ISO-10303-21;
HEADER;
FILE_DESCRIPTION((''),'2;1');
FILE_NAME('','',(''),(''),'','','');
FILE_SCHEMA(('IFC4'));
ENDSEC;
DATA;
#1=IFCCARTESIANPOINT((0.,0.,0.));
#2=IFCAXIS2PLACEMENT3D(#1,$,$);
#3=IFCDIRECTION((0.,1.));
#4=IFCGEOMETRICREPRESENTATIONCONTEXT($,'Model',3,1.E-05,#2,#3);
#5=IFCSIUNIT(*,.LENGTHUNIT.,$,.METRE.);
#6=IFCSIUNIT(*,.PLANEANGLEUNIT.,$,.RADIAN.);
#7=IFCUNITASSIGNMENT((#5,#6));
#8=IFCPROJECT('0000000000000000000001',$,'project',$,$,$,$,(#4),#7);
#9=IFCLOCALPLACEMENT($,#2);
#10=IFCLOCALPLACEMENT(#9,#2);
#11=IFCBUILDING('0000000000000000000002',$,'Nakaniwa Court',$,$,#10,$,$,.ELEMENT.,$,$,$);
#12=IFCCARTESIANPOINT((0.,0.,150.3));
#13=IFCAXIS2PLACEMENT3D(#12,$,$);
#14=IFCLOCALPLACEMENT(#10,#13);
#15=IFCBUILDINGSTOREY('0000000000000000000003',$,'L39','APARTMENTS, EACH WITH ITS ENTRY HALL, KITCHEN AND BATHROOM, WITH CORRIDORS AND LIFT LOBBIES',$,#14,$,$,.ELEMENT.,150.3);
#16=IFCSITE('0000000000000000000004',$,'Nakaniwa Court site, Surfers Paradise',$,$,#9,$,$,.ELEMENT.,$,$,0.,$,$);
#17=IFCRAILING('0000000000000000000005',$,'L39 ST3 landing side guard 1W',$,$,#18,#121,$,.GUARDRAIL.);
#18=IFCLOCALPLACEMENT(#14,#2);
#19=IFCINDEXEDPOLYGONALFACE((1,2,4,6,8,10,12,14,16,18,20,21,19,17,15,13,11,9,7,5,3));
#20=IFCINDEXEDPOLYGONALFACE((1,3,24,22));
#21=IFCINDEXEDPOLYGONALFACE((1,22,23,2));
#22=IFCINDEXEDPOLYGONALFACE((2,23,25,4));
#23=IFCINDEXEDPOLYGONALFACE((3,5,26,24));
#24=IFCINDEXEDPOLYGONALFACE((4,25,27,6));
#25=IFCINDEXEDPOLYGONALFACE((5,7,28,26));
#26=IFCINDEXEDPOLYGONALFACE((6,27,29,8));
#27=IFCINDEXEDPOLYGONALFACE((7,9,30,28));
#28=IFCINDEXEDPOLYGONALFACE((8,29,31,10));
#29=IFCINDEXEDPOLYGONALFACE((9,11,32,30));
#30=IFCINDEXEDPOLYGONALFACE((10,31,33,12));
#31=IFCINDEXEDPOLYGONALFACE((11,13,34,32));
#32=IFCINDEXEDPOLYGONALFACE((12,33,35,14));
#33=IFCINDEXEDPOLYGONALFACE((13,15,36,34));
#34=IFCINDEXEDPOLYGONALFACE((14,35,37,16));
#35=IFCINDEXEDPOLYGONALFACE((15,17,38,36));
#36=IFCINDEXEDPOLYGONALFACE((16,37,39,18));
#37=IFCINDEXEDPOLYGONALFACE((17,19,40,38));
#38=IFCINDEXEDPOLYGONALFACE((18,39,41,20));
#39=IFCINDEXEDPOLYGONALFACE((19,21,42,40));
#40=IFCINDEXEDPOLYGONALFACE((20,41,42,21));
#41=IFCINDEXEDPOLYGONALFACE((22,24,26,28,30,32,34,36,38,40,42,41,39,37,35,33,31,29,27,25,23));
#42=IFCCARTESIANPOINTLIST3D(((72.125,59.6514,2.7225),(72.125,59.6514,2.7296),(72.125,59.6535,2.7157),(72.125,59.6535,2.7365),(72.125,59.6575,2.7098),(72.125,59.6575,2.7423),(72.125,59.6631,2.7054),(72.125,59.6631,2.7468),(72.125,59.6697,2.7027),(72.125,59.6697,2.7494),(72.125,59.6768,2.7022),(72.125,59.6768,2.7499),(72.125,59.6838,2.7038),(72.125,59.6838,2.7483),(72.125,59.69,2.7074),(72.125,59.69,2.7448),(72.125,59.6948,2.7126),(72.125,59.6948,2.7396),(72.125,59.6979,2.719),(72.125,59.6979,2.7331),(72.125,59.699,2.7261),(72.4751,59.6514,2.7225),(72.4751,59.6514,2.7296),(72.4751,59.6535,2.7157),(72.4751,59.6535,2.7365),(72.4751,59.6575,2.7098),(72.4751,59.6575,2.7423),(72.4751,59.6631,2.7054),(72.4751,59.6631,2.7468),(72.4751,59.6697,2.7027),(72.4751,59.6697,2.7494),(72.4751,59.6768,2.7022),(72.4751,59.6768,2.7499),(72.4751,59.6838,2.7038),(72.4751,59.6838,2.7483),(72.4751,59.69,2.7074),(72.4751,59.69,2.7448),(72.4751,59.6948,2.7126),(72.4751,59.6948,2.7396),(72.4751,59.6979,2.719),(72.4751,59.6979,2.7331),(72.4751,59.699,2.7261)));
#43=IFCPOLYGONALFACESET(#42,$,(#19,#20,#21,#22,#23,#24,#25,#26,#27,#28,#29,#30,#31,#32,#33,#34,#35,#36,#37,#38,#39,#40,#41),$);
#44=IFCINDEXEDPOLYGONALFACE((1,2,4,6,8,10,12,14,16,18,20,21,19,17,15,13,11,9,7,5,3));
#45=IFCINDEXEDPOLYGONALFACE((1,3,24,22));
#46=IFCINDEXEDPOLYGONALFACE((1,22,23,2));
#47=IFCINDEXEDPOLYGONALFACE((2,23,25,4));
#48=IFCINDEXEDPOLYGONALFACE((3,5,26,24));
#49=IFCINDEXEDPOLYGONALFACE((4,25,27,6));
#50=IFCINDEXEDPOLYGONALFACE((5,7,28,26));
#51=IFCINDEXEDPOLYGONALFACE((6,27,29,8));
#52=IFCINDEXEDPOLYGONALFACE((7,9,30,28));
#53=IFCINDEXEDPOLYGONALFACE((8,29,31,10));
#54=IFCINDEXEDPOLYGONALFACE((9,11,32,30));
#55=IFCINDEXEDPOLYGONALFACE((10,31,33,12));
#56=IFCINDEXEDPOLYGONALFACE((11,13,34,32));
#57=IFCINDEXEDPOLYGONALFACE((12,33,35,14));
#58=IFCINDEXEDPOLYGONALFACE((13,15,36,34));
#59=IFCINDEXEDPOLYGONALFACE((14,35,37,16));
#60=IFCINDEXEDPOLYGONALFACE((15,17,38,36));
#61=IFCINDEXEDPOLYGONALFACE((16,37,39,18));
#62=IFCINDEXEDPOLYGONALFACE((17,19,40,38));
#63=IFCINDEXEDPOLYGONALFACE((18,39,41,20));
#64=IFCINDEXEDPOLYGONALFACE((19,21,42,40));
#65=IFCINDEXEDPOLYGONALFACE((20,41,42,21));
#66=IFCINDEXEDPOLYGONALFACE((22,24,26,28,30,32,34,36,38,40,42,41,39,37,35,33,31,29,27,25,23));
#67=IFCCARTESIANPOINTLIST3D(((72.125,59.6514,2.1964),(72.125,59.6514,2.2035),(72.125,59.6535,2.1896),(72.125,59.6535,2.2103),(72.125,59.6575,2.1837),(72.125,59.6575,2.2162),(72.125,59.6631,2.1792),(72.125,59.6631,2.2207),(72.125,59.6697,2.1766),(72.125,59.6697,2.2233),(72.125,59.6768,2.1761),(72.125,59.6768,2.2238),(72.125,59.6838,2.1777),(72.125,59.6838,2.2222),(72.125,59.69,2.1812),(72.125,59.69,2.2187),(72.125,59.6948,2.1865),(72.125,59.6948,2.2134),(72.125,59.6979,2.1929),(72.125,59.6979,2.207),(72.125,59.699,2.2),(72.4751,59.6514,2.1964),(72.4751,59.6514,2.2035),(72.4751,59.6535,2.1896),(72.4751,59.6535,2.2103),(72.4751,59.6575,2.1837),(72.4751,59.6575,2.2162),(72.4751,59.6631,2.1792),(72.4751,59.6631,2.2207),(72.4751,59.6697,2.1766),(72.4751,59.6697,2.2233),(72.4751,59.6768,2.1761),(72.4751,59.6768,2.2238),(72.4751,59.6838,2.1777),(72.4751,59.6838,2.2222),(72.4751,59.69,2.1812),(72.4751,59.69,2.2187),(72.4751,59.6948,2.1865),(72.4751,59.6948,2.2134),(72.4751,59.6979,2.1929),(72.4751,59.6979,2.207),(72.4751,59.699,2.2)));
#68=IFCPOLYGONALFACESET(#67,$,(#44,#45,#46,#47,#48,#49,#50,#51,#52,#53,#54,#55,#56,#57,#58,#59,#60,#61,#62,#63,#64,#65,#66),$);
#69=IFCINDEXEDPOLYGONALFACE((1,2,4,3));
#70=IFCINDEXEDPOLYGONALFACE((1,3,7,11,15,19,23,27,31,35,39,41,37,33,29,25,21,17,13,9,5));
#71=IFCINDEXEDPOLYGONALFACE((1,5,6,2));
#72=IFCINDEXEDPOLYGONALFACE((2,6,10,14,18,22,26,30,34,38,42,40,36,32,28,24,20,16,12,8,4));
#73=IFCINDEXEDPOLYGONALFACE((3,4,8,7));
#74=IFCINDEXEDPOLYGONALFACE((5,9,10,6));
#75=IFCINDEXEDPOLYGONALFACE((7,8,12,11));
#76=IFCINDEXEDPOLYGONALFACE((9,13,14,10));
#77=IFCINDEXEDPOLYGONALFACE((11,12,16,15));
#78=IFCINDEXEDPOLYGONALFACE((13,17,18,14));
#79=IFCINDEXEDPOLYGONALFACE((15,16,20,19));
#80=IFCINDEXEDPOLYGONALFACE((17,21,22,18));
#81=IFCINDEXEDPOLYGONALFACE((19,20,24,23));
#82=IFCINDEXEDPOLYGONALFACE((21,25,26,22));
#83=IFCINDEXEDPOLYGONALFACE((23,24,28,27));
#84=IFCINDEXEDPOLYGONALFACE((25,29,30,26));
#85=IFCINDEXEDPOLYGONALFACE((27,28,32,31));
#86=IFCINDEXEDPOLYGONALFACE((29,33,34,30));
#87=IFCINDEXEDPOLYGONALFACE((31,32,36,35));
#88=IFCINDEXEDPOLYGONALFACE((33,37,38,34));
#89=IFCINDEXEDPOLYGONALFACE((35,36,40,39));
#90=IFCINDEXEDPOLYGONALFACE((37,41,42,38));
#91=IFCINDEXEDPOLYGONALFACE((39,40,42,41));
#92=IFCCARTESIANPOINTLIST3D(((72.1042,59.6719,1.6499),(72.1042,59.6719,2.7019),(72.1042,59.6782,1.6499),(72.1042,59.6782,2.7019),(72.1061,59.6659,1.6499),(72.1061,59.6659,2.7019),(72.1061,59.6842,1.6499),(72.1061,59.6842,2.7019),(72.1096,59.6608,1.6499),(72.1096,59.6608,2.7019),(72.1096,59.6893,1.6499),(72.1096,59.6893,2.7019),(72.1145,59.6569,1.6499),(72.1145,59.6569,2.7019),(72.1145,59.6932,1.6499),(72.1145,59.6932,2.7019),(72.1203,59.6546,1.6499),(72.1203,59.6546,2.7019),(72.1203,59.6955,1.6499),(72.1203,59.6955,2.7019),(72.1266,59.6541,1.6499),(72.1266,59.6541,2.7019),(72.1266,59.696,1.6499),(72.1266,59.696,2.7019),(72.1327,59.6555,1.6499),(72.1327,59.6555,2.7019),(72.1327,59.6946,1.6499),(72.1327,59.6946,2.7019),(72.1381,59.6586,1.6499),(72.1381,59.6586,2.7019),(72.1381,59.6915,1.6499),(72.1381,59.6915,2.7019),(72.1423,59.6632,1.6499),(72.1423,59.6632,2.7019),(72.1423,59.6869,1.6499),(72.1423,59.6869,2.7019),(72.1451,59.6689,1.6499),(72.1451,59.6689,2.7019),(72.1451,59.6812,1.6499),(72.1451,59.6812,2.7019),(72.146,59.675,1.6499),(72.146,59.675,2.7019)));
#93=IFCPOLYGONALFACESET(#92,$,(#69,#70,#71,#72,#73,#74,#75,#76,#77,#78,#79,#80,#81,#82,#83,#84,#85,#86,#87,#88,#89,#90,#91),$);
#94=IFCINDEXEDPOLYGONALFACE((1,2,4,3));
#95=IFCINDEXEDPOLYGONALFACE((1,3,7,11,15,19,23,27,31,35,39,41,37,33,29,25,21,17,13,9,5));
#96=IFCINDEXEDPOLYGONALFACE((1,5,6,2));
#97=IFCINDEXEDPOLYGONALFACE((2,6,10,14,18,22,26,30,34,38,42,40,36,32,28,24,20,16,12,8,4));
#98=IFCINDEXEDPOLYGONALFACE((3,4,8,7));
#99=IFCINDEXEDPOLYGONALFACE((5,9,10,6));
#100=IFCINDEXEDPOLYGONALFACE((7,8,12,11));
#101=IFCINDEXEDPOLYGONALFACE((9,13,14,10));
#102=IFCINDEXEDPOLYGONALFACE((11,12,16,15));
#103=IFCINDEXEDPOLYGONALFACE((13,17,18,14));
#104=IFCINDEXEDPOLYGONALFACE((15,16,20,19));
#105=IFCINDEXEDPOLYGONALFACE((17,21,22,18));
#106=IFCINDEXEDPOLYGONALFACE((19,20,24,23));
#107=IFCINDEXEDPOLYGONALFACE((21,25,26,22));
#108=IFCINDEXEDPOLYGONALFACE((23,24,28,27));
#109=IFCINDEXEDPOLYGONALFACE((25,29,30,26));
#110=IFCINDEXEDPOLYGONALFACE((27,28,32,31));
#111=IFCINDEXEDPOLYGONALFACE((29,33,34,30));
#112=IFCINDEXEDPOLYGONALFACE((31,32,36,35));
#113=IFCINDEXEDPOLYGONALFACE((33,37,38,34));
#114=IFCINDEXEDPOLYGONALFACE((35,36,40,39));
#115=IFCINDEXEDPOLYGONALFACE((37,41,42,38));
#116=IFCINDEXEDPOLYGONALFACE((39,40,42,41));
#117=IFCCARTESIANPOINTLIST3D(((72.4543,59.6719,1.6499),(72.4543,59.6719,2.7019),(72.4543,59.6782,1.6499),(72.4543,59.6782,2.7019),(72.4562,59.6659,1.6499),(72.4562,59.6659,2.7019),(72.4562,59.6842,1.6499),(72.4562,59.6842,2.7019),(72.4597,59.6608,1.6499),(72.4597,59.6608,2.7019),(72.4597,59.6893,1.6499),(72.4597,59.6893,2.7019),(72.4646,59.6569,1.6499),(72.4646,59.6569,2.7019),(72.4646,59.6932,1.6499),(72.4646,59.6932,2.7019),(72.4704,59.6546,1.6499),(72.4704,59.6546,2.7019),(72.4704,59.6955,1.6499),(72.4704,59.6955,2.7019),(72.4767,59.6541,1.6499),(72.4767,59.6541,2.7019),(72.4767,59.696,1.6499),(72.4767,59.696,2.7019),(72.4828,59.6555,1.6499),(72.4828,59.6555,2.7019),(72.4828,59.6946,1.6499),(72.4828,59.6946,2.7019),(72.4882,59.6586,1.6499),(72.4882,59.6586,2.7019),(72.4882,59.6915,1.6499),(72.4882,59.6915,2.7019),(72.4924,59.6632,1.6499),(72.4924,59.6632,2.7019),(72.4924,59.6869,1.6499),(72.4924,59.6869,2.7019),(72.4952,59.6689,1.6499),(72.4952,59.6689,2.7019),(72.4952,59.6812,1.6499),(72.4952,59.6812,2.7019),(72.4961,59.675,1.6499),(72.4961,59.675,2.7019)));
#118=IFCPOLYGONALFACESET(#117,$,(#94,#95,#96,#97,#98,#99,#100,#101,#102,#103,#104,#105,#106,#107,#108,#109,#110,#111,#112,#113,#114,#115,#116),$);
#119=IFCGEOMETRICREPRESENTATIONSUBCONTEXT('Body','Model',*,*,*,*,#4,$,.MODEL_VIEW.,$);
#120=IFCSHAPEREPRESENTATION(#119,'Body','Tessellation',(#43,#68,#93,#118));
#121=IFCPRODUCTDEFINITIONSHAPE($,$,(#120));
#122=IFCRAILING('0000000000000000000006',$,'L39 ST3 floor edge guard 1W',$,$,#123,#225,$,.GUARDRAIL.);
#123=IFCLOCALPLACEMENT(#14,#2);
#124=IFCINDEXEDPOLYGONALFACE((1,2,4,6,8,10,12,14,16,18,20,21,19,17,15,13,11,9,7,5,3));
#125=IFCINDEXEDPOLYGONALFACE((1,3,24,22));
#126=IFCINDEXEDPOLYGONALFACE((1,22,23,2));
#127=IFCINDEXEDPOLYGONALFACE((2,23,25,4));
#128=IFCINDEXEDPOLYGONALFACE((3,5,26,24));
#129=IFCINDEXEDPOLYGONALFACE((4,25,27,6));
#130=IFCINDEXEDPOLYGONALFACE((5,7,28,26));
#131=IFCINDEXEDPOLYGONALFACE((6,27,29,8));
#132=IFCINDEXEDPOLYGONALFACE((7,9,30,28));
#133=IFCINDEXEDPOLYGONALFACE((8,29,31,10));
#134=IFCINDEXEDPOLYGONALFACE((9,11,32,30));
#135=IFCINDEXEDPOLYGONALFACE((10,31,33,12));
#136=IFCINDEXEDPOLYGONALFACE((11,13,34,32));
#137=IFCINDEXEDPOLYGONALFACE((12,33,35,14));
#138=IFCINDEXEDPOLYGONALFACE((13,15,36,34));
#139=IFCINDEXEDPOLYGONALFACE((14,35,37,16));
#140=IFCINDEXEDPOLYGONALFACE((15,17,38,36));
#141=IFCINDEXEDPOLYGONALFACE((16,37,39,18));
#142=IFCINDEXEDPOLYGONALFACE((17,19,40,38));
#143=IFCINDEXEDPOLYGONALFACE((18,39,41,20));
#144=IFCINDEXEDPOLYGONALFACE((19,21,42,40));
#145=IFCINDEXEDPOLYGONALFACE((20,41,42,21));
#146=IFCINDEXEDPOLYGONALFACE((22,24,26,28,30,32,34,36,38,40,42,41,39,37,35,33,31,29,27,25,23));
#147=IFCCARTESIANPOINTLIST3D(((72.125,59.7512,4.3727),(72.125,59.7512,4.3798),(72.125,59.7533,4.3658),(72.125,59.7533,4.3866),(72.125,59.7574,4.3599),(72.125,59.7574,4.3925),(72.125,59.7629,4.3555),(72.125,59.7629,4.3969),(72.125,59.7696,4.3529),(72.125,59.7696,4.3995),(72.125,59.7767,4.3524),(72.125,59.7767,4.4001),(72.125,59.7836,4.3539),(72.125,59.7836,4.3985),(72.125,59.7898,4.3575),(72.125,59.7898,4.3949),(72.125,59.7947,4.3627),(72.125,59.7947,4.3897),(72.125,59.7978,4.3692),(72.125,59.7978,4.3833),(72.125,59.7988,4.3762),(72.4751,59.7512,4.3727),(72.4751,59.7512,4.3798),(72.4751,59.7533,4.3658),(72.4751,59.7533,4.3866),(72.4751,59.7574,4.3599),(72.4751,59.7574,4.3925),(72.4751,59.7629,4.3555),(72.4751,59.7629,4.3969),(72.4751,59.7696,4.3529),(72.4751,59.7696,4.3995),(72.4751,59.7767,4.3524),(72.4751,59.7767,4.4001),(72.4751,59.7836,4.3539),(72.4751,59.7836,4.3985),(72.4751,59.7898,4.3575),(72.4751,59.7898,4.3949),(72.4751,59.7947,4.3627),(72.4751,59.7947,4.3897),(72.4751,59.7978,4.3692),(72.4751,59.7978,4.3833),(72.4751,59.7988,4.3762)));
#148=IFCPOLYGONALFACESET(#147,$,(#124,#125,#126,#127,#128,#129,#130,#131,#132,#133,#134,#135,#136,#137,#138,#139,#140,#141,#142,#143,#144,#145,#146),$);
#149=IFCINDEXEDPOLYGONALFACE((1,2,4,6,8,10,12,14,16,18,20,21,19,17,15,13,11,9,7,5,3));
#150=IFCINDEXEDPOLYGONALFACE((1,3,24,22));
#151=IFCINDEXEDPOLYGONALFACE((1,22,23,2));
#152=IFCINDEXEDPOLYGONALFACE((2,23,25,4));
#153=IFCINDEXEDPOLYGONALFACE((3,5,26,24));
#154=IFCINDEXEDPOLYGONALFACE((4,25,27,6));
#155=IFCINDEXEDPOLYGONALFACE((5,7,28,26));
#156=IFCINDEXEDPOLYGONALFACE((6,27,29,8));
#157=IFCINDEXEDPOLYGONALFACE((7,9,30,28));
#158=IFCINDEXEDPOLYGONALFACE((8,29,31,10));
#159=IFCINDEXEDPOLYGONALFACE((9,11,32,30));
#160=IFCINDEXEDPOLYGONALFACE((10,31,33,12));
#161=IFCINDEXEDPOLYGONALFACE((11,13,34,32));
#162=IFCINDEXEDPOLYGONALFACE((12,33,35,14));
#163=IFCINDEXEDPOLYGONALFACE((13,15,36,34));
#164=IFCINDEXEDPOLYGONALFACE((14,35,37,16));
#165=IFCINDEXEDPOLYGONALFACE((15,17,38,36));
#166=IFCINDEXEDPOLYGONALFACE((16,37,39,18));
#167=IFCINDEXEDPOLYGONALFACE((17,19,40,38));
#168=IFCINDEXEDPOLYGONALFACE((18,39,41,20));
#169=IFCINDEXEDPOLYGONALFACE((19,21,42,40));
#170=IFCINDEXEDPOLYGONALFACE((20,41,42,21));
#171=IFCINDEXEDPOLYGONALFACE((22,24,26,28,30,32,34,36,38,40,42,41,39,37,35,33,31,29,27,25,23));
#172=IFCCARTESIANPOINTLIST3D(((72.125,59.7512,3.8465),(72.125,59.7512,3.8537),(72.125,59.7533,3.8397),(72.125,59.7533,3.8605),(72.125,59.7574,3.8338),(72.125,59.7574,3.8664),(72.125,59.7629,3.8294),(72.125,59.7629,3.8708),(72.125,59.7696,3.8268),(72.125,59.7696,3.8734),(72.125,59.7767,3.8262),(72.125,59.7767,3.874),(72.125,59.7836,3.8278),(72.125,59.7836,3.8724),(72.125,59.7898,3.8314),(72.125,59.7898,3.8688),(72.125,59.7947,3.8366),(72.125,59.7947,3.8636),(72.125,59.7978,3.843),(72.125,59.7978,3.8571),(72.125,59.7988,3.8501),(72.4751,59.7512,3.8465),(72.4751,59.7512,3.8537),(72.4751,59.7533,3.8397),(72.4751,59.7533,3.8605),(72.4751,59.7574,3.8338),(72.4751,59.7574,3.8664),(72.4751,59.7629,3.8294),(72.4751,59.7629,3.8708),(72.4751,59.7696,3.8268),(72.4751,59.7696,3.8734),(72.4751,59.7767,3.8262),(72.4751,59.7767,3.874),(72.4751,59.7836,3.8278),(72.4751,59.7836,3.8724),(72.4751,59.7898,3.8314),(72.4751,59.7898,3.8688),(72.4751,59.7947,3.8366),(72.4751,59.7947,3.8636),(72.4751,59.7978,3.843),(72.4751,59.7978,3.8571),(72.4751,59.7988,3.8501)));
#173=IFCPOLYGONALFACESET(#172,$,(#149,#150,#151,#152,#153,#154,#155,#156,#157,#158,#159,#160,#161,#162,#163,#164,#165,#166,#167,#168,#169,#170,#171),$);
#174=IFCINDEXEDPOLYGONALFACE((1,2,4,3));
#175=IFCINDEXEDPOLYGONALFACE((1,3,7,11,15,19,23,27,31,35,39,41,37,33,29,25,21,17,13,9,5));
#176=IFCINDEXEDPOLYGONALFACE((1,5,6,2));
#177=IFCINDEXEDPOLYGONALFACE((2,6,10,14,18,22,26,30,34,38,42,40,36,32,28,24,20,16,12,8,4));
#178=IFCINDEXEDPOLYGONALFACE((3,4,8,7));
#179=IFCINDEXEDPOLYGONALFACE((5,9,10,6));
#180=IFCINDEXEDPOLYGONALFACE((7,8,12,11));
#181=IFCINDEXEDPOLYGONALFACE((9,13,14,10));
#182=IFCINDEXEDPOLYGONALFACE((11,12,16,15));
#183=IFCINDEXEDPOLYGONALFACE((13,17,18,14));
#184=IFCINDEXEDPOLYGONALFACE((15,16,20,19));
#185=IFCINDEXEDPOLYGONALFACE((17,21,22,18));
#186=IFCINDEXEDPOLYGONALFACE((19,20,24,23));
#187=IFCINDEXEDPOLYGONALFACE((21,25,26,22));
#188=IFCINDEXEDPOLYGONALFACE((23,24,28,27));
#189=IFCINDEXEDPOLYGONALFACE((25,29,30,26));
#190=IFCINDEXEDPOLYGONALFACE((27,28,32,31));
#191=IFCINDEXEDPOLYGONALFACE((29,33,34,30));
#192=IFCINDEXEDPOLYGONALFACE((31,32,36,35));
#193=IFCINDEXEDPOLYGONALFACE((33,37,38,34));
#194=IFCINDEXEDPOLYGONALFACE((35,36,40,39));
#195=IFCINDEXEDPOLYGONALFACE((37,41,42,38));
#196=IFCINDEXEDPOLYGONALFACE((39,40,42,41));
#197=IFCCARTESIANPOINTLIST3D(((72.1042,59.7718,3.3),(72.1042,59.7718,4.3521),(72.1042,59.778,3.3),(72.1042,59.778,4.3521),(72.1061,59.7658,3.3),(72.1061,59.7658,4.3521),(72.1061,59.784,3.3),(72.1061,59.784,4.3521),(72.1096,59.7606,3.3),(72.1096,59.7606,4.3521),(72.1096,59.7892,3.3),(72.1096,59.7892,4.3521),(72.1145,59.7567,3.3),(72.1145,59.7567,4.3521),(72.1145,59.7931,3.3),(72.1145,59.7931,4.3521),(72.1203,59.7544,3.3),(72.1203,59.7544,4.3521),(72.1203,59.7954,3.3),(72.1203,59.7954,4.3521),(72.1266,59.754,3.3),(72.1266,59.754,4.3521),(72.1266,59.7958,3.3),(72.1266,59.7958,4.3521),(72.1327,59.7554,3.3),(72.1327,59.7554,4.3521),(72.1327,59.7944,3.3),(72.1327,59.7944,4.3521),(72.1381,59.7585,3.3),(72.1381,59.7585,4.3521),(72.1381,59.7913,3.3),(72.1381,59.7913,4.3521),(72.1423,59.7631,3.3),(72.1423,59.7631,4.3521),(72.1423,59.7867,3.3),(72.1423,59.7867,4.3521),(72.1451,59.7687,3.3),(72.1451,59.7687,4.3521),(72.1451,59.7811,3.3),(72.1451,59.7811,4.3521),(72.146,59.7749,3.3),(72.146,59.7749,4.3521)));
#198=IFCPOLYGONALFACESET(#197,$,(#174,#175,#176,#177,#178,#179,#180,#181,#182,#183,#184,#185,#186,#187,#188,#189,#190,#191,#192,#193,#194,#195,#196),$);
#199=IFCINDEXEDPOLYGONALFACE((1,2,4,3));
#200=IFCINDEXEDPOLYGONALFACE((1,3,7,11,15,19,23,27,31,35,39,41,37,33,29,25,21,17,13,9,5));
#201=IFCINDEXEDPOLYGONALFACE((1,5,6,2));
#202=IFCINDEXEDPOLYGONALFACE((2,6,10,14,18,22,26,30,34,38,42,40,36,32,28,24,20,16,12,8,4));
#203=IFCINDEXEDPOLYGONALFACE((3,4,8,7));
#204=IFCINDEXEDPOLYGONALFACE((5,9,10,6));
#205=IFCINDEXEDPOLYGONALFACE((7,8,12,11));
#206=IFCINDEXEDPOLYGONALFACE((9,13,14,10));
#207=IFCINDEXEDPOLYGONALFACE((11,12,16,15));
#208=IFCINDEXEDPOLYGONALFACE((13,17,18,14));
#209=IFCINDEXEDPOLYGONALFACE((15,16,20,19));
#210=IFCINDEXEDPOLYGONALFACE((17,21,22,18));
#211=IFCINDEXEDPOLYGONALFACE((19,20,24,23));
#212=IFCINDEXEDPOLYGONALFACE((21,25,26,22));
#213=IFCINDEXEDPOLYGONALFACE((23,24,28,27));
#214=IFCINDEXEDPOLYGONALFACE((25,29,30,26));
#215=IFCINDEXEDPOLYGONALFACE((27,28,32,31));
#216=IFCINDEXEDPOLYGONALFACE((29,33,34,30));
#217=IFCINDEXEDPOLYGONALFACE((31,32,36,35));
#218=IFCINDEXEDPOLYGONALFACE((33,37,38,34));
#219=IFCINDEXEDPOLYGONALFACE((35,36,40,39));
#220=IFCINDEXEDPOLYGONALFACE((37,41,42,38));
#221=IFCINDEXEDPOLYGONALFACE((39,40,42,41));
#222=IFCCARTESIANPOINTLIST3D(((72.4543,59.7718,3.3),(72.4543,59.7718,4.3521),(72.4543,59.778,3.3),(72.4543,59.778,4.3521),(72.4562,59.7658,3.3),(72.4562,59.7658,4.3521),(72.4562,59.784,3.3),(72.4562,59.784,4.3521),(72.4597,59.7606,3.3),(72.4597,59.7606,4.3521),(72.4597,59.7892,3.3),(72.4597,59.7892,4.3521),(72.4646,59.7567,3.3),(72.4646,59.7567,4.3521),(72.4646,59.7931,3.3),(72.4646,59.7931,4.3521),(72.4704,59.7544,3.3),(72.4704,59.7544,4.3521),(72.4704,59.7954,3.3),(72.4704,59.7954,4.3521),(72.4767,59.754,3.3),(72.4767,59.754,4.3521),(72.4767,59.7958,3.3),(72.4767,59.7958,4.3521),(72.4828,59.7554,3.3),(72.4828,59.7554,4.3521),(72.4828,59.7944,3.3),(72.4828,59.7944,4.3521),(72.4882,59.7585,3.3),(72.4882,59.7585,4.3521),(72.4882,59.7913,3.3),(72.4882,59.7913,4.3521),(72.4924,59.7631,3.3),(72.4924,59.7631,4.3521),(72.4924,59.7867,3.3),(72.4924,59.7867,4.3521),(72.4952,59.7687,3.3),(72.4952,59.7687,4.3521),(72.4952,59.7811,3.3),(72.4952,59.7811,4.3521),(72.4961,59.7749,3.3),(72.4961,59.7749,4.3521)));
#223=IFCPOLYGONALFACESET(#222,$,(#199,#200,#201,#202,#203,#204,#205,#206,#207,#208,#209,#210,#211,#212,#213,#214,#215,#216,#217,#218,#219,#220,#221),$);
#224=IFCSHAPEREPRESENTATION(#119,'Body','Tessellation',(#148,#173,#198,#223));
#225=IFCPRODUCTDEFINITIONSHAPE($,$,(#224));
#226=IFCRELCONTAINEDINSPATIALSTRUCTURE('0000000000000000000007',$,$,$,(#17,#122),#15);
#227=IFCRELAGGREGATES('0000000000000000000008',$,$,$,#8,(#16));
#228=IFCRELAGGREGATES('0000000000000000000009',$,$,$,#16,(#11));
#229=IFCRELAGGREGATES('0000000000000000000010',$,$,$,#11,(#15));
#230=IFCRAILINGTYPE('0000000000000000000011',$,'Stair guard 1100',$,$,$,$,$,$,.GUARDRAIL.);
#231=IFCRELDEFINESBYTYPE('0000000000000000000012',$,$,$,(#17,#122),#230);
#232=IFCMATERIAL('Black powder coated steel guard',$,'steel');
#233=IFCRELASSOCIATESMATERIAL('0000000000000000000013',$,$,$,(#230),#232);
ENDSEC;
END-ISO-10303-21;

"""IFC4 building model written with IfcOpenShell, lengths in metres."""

from ifc_helpers import new_model, si_unit, direction, frame, origin, origin_2d, place, context, subcontext, project, spatial, circle, extrude, material, type_object, element, save


model = new_model("IFC4")

# Units and contexts
model_context = context("Model", 3, precision=1e-05, world=origin(), true_north=direction((0.0, 1.0)))
body_context = subcontext(model_context, "Body", "Model", "MODEL_VIEW")
ifc_project = project(units=[si_unit("LENGTHUNIT", "METRE"), si_unit("PLANEANGLEUNIT", "RADIAN")], contexts=[model_context])

# Site, building, storey
site_placement = place(None, origin())
site = spatial("IfcSite", under=ifc_project, at=site_placement, Name="Nakaniwa Court site, Surfers Paradise", CompositionType="ELEMENT", RefElevation=0.0)
building_placement = place(site_placement, origin())
building = spatial("IfcBuilding", under=site, at=building_placement, Name="Nakaniwa Court", CompositionType="ELEMENT")
storey_placement = place(building_placement, frame((0.0, 0.0, 150.3)))
storey = spatial("IfcBuildingStorey", under=building, at=storey_placement, Name="L39", Description="APARTMENTS, EACH WITH ITS ENTRY HALL, KITCHEN AND BATHROOM, WITH CORRIDORS AND LIFT LOBBIES", CompositionType="ELEMENT", Elevation=150.3)

# Railings
ifc_material_1 = material(Name="Black powder coated steel guard", Category="steel")
railing_type_1 = type_object("IfcRailingType", Name="Stair guard 1100", PredefinedType="GUARDRAIL", material=ifc_material_1)
for number, where, name in (
    (1, (72.125, 59.675, 1.6499), "L39 ST3 landing side guard 1W"),
    (2, (72.125, 59.7749, 3.3), "L39 ST3 floor edge guard 1W"),
):
    element("IfcRailing", number, at=place(storey_placement, frame(where)), inside=storey, type_object=railing_type_1, Name=name, PredefinedType="GUARDRAIL", context=body_context, shape_type="SweptSolid", body=[
        extrude(circle(Radius=0.0239, at=origin_2d()), frame((0.0, 0.0, 1.0762), z_axis=(1.0, 0.0, 0.0), x_axis=(0.0, 1.0, 0.0)), (0.0, 0.0, 1.0), 0.3501),
        extrude(circle(Radius=0.0239, at=origin_2d()), frame((0.0, 0.0, 0.55), z_axis=(1.0, 0.0, 0.0), x_axis=(0.0, 1.0, 0.0)), (0.0, 0.0, 1.0), 0.3501),
        extrude(circle(Radius=0.021, at=origin_2d()), origin(), (0.0, 0.0, 1.0), 1.052),
        extrude(circle(Radius=0.021, at=origin_2d()), frame((0.3501, 0.0, 0.0)), (0.0, 0.0, 1.0), 1.052),
    ])

save(model, "model.ifc")
